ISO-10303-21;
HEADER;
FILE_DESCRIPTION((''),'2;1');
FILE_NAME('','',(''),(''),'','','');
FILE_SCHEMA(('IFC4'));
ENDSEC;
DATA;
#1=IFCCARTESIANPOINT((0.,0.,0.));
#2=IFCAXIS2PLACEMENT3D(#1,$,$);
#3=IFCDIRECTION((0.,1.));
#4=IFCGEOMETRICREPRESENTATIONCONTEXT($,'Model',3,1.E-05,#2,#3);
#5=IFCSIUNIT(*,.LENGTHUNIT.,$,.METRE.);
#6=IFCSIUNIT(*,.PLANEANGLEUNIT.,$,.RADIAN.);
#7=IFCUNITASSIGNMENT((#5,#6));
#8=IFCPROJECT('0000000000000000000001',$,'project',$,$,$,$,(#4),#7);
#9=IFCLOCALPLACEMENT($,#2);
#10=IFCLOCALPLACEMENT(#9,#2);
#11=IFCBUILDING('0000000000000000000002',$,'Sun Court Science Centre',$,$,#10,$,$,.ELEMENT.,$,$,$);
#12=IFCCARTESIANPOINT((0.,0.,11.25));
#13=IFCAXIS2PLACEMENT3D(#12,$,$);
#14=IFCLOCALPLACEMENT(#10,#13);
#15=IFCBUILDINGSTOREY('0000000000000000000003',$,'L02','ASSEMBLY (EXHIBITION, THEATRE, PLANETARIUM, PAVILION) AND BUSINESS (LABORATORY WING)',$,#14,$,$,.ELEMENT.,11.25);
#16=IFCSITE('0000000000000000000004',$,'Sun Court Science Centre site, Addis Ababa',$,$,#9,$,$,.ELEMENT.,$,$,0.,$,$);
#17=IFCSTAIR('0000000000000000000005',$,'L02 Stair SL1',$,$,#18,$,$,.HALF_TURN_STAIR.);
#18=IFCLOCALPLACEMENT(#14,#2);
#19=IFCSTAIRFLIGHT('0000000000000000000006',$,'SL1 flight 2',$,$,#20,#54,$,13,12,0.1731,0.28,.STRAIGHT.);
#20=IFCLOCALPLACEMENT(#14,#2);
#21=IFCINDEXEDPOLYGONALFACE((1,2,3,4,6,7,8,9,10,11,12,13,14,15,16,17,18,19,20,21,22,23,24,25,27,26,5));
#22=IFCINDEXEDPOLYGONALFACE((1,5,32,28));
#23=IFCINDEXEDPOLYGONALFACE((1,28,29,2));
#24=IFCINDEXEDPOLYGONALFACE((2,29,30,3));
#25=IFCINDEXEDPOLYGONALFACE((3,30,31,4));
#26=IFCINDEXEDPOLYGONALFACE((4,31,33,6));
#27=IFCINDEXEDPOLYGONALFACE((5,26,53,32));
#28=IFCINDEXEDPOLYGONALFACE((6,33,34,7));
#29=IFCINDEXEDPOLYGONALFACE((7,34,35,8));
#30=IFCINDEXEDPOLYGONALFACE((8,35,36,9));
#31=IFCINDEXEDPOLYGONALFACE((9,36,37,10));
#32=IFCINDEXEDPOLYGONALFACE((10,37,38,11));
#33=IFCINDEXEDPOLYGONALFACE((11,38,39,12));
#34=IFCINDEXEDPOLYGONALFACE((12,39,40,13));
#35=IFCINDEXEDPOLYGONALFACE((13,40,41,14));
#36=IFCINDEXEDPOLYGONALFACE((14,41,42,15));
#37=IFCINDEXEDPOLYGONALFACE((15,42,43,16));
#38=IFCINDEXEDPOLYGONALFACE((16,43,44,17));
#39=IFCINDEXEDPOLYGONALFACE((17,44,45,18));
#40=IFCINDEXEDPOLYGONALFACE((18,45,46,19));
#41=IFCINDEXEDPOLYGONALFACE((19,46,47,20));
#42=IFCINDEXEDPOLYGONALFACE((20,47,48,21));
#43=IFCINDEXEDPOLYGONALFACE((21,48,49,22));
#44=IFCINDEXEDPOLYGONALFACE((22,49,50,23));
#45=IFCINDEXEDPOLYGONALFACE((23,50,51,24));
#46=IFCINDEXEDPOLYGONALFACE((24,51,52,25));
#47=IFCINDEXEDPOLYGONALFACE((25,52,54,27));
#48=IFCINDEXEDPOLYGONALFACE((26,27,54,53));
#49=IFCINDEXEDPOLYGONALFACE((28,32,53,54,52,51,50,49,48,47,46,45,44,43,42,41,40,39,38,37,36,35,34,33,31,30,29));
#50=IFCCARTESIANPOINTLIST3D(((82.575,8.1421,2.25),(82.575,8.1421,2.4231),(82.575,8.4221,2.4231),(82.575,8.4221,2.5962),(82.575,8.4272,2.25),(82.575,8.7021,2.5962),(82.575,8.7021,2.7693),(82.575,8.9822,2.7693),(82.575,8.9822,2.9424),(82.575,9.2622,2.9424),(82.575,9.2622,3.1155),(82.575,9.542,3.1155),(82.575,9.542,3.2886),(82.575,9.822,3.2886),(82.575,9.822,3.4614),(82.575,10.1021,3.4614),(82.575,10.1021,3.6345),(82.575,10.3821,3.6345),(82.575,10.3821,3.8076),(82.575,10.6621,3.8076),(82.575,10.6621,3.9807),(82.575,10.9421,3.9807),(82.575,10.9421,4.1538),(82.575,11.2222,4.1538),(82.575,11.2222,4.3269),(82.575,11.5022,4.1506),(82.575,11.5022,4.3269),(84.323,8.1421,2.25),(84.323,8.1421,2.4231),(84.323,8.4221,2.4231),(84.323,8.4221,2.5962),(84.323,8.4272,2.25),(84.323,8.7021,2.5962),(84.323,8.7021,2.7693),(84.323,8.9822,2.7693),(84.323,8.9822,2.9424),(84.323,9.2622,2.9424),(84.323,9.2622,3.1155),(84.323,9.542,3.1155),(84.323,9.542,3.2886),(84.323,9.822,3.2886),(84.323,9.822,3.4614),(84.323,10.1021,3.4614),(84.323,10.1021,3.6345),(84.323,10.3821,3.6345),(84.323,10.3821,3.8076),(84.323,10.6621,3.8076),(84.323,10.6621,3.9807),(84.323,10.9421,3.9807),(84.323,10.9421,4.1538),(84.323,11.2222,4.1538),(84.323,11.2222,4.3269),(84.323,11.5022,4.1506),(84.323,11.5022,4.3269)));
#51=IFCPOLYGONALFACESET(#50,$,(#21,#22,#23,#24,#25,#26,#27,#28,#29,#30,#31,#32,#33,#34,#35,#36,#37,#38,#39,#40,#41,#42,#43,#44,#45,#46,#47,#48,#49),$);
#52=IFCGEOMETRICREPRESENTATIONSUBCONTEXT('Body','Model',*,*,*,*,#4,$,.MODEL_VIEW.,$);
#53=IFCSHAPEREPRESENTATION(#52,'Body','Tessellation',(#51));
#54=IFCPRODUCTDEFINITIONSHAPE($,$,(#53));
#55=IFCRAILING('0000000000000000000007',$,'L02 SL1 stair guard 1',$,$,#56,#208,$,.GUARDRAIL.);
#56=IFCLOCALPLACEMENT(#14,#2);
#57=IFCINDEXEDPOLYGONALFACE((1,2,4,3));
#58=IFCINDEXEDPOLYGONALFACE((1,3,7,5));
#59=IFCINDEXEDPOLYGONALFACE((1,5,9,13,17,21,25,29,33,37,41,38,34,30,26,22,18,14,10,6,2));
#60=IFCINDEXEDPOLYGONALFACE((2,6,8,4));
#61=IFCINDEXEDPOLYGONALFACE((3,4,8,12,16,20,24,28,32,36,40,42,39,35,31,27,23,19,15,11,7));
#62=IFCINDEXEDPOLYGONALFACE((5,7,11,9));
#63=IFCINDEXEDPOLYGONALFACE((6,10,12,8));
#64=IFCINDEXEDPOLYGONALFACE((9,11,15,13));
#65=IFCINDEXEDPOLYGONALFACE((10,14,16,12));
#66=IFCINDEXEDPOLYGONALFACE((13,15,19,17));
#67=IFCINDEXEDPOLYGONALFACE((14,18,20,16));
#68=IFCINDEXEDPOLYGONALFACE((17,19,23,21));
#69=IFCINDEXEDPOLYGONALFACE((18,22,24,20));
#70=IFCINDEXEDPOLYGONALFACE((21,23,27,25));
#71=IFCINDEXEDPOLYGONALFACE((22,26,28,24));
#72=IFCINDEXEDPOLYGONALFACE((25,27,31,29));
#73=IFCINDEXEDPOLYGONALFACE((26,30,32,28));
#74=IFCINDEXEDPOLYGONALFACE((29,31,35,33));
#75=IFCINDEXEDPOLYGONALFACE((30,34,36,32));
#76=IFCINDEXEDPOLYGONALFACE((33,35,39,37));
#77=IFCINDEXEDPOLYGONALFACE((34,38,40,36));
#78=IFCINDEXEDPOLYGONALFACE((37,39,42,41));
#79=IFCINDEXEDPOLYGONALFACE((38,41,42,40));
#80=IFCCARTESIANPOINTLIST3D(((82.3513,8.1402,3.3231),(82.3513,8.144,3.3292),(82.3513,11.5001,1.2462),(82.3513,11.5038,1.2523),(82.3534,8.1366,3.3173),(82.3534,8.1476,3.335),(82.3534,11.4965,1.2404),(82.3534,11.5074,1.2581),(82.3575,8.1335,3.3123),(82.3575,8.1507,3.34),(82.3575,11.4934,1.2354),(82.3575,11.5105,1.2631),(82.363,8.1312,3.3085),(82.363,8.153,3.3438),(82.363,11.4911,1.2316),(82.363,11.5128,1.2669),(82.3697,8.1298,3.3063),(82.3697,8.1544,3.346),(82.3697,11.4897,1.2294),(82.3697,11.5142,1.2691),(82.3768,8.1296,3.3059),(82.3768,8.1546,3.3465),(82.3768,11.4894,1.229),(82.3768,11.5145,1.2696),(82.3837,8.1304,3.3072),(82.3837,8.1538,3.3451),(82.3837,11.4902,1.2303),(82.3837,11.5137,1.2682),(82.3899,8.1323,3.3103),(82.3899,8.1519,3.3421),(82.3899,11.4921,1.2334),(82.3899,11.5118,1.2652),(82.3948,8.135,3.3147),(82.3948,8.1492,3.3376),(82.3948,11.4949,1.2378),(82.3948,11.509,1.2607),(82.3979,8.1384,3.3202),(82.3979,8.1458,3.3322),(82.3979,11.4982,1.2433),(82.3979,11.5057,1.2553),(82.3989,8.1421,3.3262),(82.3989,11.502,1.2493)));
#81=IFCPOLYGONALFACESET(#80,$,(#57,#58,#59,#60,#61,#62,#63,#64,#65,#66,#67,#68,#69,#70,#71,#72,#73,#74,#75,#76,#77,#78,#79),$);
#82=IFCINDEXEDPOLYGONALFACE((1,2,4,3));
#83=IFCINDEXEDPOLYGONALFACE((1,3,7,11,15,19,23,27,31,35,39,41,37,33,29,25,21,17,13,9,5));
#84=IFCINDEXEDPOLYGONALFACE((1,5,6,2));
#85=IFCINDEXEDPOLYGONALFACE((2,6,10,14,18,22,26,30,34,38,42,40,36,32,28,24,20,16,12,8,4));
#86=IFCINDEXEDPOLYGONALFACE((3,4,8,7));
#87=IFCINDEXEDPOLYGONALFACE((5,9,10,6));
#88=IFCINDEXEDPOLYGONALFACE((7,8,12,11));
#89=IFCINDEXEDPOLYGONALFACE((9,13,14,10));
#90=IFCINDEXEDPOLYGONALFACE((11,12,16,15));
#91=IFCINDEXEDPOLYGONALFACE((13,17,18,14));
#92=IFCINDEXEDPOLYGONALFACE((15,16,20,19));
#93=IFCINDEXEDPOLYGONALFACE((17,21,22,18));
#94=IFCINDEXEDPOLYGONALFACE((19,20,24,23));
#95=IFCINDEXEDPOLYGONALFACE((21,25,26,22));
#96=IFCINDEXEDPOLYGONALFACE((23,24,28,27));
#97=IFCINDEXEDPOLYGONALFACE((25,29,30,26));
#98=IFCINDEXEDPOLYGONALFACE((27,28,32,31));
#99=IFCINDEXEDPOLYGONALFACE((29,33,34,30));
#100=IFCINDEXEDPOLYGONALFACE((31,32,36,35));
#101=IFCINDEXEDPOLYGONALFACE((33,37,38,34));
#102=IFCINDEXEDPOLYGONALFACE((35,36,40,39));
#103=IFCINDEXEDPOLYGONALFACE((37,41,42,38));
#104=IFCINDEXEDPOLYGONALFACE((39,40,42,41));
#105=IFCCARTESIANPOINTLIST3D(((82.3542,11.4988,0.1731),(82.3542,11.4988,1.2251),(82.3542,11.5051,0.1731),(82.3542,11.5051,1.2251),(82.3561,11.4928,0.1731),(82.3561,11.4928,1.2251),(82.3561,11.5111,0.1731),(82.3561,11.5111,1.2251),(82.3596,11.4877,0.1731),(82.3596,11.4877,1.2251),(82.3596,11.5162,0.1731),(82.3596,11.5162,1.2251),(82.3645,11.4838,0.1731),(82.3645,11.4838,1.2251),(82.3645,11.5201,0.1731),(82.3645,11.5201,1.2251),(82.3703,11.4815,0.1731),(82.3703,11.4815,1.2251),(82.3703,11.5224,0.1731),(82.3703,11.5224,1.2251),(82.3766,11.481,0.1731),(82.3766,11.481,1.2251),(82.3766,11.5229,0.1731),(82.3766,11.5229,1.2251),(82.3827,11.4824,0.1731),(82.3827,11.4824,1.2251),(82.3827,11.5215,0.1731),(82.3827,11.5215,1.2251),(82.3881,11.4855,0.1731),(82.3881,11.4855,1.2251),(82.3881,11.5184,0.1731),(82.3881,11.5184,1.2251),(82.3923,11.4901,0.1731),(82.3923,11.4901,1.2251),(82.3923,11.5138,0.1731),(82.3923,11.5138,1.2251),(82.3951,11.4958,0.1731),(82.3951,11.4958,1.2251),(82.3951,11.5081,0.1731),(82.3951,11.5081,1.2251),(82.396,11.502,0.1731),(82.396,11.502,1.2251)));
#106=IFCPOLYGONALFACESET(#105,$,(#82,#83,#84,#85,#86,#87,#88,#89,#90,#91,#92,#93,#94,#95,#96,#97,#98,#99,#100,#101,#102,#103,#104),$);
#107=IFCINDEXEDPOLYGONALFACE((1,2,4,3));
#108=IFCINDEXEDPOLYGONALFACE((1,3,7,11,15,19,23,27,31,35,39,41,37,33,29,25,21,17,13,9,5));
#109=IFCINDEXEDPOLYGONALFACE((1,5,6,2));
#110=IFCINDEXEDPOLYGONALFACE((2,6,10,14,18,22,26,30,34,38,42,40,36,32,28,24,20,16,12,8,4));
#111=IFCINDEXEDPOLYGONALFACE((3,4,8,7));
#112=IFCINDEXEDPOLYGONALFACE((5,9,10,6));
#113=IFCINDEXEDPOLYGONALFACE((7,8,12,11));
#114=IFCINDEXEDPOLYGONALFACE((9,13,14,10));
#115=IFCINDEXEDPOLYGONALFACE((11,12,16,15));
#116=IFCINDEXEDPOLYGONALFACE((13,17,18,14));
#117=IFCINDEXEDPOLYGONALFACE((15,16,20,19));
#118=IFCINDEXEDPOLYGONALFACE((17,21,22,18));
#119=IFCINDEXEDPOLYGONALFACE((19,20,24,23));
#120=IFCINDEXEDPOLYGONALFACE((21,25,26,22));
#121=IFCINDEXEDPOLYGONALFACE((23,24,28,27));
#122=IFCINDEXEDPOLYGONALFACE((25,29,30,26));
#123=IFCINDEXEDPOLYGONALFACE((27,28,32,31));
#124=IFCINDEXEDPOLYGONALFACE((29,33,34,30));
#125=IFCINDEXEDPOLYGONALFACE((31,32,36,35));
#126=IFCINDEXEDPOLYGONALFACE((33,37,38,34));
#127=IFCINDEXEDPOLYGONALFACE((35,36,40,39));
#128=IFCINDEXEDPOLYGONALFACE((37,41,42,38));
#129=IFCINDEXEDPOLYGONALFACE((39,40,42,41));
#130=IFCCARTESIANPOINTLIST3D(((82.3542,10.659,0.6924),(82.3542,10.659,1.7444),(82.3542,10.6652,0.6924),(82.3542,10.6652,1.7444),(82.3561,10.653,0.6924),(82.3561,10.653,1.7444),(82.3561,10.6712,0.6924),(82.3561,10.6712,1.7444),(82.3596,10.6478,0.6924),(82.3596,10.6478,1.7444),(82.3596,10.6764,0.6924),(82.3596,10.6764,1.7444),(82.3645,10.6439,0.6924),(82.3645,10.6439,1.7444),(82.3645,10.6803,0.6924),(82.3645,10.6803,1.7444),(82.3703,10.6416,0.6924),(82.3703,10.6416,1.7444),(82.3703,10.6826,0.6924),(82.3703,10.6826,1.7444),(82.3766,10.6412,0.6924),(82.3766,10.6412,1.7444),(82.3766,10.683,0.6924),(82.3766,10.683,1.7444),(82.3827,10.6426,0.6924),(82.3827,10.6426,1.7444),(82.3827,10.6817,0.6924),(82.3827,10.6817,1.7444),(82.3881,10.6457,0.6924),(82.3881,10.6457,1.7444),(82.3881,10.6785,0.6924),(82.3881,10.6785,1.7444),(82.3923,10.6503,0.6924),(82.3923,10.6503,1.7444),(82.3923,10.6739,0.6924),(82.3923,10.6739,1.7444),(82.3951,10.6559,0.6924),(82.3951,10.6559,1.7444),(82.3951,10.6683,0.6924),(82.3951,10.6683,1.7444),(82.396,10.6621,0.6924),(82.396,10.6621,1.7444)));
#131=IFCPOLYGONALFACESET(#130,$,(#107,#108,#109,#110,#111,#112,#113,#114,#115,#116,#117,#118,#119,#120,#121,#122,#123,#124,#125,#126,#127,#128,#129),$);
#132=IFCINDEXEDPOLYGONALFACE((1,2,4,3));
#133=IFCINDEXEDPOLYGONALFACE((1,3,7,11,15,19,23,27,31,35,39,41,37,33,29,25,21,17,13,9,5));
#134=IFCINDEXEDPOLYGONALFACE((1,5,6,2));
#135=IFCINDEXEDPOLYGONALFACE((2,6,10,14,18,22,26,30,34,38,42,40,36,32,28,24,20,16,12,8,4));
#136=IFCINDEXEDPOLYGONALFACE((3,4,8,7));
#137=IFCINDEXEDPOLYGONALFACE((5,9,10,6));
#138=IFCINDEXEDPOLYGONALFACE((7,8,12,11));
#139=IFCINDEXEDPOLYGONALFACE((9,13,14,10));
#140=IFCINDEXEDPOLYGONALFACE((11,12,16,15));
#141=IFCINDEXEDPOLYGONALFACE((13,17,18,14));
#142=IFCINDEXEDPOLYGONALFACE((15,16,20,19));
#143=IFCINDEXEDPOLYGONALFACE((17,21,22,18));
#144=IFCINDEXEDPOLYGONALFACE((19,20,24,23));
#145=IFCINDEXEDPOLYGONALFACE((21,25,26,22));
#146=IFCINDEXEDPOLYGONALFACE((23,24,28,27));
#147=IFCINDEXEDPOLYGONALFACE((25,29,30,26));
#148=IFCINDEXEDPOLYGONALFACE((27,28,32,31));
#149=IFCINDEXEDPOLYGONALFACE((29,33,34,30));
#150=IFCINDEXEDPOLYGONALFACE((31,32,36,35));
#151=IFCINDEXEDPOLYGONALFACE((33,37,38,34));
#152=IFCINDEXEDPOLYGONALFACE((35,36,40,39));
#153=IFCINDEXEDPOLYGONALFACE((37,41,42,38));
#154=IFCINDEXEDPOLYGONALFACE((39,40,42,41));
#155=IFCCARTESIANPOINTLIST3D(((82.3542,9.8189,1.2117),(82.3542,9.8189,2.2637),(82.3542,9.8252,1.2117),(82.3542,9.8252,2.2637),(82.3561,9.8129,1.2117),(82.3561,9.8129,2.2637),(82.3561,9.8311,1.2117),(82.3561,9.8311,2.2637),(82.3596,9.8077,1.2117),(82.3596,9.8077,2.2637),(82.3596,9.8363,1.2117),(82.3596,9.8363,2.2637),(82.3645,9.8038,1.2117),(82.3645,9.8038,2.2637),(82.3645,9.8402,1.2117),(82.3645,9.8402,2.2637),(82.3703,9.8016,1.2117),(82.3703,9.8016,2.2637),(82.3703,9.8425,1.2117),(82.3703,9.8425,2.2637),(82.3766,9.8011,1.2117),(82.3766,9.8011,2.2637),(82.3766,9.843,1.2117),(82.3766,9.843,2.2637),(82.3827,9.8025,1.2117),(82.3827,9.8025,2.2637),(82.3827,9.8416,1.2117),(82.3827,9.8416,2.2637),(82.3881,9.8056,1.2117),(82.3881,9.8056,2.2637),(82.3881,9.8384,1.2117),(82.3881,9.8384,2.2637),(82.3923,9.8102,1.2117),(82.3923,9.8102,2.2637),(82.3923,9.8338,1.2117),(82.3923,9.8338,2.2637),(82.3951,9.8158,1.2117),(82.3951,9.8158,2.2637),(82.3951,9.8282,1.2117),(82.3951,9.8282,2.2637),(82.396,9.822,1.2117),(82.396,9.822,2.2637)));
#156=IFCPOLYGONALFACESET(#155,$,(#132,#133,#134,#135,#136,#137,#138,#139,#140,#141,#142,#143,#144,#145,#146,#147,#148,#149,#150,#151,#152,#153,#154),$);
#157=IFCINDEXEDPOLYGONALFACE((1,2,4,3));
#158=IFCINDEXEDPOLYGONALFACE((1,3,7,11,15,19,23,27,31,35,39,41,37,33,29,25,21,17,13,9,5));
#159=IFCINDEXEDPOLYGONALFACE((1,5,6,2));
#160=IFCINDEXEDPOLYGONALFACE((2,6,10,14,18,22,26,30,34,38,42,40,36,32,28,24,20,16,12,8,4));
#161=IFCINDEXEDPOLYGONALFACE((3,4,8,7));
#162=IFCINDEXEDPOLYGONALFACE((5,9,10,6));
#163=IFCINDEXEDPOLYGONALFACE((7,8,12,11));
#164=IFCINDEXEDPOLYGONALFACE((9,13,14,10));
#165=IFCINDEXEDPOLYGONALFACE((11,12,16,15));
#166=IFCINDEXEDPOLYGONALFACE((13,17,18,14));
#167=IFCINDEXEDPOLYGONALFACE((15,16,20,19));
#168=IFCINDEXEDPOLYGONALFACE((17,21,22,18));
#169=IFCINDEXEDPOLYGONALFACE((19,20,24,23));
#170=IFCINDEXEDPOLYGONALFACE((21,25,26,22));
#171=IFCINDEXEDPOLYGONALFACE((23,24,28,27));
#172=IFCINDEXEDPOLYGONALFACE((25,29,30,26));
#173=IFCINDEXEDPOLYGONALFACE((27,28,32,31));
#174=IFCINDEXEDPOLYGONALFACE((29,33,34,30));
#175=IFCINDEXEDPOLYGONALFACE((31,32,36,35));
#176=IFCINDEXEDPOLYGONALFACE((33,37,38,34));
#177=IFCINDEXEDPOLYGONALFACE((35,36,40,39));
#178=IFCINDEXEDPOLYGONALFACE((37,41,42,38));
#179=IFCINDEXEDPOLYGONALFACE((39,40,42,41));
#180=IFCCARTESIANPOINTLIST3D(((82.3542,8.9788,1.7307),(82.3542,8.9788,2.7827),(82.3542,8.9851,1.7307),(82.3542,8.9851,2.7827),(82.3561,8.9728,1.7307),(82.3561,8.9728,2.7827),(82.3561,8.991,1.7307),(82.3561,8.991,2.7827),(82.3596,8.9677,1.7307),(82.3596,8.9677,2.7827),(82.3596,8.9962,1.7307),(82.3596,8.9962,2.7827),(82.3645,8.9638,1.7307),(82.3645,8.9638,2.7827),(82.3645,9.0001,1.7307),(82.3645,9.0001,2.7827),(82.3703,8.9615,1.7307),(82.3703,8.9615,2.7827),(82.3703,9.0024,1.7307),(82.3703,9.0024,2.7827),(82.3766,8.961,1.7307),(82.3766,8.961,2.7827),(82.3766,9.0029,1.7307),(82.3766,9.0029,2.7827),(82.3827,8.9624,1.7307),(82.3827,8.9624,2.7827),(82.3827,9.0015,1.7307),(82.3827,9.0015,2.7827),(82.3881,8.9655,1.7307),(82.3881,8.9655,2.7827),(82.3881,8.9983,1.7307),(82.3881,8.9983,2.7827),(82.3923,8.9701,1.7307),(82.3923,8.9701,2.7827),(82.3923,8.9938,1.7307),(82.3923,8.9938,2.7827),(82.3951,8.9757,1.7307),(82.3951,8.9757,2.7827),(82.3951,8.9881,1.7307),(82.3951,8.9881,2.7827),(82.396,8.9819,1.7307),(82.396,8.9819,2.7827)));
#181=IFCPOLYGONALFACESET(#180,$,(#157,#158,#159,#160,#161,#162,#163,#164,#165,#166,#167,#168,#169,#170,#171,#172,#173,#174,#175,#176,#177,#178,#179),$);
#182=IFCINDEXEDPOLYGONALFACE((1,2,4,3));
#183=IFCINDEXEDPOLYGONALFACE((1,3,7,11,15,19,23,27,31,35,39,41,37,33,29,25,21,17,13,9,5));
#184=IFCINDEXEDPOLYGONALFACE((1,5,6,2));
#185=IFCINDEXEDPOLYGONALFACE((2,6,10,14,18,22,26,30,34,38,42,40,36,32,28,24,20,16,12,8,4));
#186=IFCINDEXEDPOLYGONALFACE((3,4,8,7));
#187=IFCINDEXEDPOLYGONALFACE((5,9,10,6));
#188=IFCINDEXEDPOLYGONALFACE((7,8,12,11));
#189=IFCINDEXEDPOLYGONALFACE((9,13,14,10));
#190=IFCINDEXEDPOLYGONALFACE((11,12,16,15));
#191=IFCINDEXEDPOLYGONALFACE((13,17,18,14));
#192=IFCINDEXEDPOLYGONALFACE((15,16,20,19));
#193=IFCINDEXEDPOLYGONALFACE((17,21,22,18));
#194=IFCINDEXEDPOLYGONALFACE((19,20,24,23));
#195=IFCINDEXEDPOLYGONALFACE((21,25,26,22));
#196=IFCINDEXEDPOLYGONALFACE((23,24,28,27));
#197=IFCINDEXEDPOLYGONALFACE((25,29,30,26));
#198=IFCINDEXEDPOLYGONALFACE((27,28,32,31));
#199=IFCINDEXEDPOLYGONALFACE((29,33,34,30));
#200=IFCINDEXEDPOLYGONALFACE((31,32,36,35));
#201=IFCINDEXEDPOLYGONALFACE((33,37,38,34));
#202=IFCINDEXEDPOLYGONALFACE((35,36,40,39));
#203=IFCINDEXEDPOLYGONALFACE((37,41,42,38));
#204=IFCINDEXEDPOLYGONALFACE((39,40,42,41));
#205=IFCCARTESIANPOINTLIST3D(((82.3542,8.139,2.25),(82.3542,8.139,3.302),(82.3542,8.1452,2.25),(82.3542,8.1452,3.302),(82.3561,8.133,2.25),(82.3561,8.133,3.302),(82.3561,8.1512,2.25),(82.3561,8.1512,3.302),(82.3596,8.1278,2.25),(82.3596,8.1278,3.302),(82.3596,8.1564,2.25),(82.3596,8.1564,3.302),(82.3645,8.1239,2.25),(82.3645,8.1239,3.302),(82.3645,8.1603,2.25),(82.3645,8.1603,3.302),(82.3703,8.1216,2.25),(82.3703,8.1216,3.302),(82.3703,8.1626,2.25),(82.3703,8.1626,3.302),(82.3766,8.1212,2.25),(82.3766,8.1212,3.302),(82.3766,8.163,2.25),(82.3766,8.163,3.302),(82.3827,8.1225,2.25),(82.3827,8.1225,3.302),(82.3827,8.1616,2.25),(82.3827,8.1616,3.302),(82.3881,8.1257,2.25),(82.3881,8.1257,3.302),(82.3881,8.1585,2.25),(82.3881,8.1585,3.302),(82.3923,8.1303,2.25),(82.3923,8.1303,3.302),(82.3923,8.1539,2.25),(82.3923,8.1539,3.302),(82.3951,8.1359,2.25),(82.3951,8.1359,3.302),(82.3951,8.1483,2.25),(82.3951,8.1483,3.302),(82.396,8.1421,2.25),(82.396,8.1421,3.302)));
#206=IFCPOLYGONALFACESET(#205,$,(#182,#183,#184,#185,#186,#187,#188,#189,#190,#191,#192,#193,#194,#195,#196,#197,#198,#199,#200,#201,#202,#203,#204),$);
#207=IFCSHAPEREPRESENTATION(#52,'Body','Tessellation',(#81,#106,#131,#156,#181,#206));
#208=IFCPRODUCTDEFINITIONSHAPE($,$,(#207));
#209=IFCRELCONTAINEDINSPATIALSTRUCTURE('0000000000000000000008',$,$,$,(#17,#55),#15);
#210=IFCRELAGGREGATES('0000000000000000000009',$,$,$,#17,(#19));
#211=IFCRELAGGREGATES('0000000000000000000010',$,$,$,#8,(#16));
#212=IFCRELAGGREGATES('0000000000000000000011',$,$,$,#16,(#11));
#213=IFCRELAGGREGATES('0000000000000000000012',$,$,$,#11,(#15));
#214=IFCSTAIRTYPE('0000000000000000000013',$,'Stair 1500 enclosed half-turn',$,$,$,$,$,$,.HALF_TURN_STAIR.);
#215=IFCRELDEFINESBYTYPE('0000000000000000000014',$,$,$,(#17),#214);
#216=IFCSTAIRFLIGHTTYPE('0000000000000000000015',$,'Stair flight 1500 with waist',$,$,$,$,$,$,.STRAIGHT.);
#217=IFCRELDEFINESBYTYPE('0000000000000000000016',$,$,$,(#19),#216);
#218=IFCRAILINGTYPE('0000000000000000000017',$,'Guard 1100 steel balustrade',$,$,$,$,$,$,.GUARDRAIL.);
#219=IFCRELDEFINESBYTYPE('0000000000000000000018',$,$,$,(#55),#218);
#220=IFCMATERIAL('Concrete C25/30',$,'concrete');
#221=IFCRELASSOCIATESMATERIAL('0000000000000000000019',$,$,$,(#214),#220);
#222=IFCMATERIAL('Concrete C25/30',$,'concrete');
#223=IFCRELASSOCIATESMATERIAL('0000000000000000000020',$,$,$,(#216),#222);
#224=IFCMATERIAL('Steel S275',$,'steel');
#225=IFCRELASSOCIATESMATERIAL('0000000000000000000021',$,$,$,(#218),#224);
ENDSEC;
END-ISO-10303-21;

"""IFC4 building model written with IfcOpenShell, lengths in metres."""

from ifc_helpers import new_model, si_unit, direction, frame, origin, origin_2d, place, context, subcontext, project, spatial, polyline, circle, outline, extrude, material, type_object, element, aggregate, save


model = new_model("IFC4")

# Units and contexts
model_context = context("Model", 3, precision=1e-05, world=origin(), true_north=direction((0.0, 1.0)))
body_context = subcontext(model_context, "Body", "Model", "MODEL_VIEW")
ifc_project = project(units=[si_unit("LENGTHUNIT", "METRE"), si_unit("PLANEANGLEUNIT", "RADIAN")], contexts=[model_context])

# Site, building, storey
site_placement = place(None, origin())
site = spatial("IfcSite", under=ifc_project, at=site_placement, Name="Sun Court Science Centre site, Addis Ababa", CompositionType="ELEMENT", RefElevation=0.0)
building_placement = place(site_placement, origin())
building = spatial("IfcBuilding", under=site, at=building_placement, Name="Sun Court Science Centre", CompositionType="ELEMENT")
storey_placement = place(building_placement, frame((0.0, 0.0, 11.25)))
storey = spatial("IfcBuildingStorey", under=building, at=storey_placement, Name="L02", Description="ASSEMBLY (EXHIBITION, THEATRE, PLANETARIUM, PAVILION) AND BUSINESS (LABORATORY WING)", CompositionType="ELEMENT", Elevation=11.25)

# Stair, stair flight
ifc_material_1 = material(Name="Concrete C25/30", Category="concrete")
stair_type = type_object("IfcStairType", Name="Stair 1500 enclosed half-turn", PredefinedType="HALF_TURN_STAIR", material=ifc_material_1)
stair_placement = place(storey_placement, origin())
stair = element("IfcStair", 1, at=stair_placement, inside=storey, type_object=stair_type, Name="L02 Stair SL1", PredefinedType="HALF_TURN_STAIR")
ifc_material_2 = material(Name="Concrete C25/30", Category="concrete")
stair_flight_type = type_object("IfcStairFlightType", Name="Stair flight 1500 with waist", PredefinedType="STRAIGHT", material=ifc_material_2)
stair_flight_1_placement = place(storey_placement, frame((83.449, 8.1421, 2.25), z_axis=(0.0, 0.0, 1.0), x_axis=(0.0, 1.0, 0.0)))
stair_flight_1 = element("IfcStairFlight", 2, at=stair_flight_1_placement, type_object=stair_flight_type, Name="SL1 flight 2", NumberOfRisers=13, NumberOfTreads=12, PredefinedType="STRAIGHT", RiserHeight=0.1731, TreadLength=0.28, context=body_context, shape_type="SweptSolid", body=[
    extrude(outline(polyline([(0.0, 0.0), (0.0, 0.1731), (0.28, 0.1731), (0.28, 0.3462), (0.5601, 0.3462), (0.5601, 0.5193), (0.8401, 0.5193), (0.8401, 0.6924), (1.1201, 0.6924), (1.1201, 0.8655), (1.3999, 0.8655), (1.3999, 1.0386), (1.6799, 1.0386), (1.6799, 1.2114), (1.96, 1.2114), (1.96, 1.3845), (2.24, 1.3845), (2.24, 1.5576), (2.52, 1.5576), (2.52, 1.7307), (2.8, 1.7307), (2.8, 1.9038), (3.0801, 1.9038), (3.0801, 2.0769), (3.3601, 2.0769), (3.3601, 2.25), (3.3601, 1.9006), (0.2852, 0.0), (0.0, 0.0)])), frame((0.0, 0.874, 0.0), z_axis=(0.0, -1.0, 0.0), x_axis=(1.0, 0.0, 0.0)), (0.0, 0.0, 1.0), 1.748),
])
aggregate(stair, [stair_flight_1])

# Railing
ifc_material_3 = material(Name="Steel S275", Category="steel")
railing_type_1 = type_object("IfcRailingType", Name="Guard 1100 steel balustrade", PredefinedType="GUARDRAIL", material=ifc_material_3)
railing_1_placement = place(storey_placement, frame((82.375, 11.502, 0.1731)))
element("IfcRailing", 3, at=railing_1_placement, inside=storey, type_object=railing_type_1, Name="L02 SL1 stair guard 1", PredefinedType="GUARDRAIL", context=body_context, shape_type="SweptSolid", body=[
    extrude(circle(Radius=0.0239, at=origin_2d()), frame((0.0, 0.0, 1.0762), z_axis=(0.0, -0.850606, 0.525803), x_axis=(1.0, 0.0, 0.0)), (0.0, 0.0, 1.0), 3.95),
    extrude(circle(Radius=0.021, at=origin_2d()), origin(), (0.0, 0.0, 1.0), 1.052),
    extrude(circle(Radius=0.021, at=origin_2d()), frame((0.0, -0.8398, 0.5193)), (0.0, 0.0, 1.0), 1.052),
    extrude(circle(Radius=0.021, at=origin_2d()), frame((0.0, -1.6799, 1.0386)), (0.0, 0.0, 1.0), 1.052),
    extrude(circle(Radius=0.021, at=origin_2d()), frame((0.0, -2.52, 1.5576)), (0.0, 0.0, 1.0), 1.052),
    extrude(circle(Radius=0.021, at=origin_2d()), frame((0.0, -3.3599, 2.0769)), (0.0, 0.0, 1.0), 1.052),
])

save(model, "model.ifc")
